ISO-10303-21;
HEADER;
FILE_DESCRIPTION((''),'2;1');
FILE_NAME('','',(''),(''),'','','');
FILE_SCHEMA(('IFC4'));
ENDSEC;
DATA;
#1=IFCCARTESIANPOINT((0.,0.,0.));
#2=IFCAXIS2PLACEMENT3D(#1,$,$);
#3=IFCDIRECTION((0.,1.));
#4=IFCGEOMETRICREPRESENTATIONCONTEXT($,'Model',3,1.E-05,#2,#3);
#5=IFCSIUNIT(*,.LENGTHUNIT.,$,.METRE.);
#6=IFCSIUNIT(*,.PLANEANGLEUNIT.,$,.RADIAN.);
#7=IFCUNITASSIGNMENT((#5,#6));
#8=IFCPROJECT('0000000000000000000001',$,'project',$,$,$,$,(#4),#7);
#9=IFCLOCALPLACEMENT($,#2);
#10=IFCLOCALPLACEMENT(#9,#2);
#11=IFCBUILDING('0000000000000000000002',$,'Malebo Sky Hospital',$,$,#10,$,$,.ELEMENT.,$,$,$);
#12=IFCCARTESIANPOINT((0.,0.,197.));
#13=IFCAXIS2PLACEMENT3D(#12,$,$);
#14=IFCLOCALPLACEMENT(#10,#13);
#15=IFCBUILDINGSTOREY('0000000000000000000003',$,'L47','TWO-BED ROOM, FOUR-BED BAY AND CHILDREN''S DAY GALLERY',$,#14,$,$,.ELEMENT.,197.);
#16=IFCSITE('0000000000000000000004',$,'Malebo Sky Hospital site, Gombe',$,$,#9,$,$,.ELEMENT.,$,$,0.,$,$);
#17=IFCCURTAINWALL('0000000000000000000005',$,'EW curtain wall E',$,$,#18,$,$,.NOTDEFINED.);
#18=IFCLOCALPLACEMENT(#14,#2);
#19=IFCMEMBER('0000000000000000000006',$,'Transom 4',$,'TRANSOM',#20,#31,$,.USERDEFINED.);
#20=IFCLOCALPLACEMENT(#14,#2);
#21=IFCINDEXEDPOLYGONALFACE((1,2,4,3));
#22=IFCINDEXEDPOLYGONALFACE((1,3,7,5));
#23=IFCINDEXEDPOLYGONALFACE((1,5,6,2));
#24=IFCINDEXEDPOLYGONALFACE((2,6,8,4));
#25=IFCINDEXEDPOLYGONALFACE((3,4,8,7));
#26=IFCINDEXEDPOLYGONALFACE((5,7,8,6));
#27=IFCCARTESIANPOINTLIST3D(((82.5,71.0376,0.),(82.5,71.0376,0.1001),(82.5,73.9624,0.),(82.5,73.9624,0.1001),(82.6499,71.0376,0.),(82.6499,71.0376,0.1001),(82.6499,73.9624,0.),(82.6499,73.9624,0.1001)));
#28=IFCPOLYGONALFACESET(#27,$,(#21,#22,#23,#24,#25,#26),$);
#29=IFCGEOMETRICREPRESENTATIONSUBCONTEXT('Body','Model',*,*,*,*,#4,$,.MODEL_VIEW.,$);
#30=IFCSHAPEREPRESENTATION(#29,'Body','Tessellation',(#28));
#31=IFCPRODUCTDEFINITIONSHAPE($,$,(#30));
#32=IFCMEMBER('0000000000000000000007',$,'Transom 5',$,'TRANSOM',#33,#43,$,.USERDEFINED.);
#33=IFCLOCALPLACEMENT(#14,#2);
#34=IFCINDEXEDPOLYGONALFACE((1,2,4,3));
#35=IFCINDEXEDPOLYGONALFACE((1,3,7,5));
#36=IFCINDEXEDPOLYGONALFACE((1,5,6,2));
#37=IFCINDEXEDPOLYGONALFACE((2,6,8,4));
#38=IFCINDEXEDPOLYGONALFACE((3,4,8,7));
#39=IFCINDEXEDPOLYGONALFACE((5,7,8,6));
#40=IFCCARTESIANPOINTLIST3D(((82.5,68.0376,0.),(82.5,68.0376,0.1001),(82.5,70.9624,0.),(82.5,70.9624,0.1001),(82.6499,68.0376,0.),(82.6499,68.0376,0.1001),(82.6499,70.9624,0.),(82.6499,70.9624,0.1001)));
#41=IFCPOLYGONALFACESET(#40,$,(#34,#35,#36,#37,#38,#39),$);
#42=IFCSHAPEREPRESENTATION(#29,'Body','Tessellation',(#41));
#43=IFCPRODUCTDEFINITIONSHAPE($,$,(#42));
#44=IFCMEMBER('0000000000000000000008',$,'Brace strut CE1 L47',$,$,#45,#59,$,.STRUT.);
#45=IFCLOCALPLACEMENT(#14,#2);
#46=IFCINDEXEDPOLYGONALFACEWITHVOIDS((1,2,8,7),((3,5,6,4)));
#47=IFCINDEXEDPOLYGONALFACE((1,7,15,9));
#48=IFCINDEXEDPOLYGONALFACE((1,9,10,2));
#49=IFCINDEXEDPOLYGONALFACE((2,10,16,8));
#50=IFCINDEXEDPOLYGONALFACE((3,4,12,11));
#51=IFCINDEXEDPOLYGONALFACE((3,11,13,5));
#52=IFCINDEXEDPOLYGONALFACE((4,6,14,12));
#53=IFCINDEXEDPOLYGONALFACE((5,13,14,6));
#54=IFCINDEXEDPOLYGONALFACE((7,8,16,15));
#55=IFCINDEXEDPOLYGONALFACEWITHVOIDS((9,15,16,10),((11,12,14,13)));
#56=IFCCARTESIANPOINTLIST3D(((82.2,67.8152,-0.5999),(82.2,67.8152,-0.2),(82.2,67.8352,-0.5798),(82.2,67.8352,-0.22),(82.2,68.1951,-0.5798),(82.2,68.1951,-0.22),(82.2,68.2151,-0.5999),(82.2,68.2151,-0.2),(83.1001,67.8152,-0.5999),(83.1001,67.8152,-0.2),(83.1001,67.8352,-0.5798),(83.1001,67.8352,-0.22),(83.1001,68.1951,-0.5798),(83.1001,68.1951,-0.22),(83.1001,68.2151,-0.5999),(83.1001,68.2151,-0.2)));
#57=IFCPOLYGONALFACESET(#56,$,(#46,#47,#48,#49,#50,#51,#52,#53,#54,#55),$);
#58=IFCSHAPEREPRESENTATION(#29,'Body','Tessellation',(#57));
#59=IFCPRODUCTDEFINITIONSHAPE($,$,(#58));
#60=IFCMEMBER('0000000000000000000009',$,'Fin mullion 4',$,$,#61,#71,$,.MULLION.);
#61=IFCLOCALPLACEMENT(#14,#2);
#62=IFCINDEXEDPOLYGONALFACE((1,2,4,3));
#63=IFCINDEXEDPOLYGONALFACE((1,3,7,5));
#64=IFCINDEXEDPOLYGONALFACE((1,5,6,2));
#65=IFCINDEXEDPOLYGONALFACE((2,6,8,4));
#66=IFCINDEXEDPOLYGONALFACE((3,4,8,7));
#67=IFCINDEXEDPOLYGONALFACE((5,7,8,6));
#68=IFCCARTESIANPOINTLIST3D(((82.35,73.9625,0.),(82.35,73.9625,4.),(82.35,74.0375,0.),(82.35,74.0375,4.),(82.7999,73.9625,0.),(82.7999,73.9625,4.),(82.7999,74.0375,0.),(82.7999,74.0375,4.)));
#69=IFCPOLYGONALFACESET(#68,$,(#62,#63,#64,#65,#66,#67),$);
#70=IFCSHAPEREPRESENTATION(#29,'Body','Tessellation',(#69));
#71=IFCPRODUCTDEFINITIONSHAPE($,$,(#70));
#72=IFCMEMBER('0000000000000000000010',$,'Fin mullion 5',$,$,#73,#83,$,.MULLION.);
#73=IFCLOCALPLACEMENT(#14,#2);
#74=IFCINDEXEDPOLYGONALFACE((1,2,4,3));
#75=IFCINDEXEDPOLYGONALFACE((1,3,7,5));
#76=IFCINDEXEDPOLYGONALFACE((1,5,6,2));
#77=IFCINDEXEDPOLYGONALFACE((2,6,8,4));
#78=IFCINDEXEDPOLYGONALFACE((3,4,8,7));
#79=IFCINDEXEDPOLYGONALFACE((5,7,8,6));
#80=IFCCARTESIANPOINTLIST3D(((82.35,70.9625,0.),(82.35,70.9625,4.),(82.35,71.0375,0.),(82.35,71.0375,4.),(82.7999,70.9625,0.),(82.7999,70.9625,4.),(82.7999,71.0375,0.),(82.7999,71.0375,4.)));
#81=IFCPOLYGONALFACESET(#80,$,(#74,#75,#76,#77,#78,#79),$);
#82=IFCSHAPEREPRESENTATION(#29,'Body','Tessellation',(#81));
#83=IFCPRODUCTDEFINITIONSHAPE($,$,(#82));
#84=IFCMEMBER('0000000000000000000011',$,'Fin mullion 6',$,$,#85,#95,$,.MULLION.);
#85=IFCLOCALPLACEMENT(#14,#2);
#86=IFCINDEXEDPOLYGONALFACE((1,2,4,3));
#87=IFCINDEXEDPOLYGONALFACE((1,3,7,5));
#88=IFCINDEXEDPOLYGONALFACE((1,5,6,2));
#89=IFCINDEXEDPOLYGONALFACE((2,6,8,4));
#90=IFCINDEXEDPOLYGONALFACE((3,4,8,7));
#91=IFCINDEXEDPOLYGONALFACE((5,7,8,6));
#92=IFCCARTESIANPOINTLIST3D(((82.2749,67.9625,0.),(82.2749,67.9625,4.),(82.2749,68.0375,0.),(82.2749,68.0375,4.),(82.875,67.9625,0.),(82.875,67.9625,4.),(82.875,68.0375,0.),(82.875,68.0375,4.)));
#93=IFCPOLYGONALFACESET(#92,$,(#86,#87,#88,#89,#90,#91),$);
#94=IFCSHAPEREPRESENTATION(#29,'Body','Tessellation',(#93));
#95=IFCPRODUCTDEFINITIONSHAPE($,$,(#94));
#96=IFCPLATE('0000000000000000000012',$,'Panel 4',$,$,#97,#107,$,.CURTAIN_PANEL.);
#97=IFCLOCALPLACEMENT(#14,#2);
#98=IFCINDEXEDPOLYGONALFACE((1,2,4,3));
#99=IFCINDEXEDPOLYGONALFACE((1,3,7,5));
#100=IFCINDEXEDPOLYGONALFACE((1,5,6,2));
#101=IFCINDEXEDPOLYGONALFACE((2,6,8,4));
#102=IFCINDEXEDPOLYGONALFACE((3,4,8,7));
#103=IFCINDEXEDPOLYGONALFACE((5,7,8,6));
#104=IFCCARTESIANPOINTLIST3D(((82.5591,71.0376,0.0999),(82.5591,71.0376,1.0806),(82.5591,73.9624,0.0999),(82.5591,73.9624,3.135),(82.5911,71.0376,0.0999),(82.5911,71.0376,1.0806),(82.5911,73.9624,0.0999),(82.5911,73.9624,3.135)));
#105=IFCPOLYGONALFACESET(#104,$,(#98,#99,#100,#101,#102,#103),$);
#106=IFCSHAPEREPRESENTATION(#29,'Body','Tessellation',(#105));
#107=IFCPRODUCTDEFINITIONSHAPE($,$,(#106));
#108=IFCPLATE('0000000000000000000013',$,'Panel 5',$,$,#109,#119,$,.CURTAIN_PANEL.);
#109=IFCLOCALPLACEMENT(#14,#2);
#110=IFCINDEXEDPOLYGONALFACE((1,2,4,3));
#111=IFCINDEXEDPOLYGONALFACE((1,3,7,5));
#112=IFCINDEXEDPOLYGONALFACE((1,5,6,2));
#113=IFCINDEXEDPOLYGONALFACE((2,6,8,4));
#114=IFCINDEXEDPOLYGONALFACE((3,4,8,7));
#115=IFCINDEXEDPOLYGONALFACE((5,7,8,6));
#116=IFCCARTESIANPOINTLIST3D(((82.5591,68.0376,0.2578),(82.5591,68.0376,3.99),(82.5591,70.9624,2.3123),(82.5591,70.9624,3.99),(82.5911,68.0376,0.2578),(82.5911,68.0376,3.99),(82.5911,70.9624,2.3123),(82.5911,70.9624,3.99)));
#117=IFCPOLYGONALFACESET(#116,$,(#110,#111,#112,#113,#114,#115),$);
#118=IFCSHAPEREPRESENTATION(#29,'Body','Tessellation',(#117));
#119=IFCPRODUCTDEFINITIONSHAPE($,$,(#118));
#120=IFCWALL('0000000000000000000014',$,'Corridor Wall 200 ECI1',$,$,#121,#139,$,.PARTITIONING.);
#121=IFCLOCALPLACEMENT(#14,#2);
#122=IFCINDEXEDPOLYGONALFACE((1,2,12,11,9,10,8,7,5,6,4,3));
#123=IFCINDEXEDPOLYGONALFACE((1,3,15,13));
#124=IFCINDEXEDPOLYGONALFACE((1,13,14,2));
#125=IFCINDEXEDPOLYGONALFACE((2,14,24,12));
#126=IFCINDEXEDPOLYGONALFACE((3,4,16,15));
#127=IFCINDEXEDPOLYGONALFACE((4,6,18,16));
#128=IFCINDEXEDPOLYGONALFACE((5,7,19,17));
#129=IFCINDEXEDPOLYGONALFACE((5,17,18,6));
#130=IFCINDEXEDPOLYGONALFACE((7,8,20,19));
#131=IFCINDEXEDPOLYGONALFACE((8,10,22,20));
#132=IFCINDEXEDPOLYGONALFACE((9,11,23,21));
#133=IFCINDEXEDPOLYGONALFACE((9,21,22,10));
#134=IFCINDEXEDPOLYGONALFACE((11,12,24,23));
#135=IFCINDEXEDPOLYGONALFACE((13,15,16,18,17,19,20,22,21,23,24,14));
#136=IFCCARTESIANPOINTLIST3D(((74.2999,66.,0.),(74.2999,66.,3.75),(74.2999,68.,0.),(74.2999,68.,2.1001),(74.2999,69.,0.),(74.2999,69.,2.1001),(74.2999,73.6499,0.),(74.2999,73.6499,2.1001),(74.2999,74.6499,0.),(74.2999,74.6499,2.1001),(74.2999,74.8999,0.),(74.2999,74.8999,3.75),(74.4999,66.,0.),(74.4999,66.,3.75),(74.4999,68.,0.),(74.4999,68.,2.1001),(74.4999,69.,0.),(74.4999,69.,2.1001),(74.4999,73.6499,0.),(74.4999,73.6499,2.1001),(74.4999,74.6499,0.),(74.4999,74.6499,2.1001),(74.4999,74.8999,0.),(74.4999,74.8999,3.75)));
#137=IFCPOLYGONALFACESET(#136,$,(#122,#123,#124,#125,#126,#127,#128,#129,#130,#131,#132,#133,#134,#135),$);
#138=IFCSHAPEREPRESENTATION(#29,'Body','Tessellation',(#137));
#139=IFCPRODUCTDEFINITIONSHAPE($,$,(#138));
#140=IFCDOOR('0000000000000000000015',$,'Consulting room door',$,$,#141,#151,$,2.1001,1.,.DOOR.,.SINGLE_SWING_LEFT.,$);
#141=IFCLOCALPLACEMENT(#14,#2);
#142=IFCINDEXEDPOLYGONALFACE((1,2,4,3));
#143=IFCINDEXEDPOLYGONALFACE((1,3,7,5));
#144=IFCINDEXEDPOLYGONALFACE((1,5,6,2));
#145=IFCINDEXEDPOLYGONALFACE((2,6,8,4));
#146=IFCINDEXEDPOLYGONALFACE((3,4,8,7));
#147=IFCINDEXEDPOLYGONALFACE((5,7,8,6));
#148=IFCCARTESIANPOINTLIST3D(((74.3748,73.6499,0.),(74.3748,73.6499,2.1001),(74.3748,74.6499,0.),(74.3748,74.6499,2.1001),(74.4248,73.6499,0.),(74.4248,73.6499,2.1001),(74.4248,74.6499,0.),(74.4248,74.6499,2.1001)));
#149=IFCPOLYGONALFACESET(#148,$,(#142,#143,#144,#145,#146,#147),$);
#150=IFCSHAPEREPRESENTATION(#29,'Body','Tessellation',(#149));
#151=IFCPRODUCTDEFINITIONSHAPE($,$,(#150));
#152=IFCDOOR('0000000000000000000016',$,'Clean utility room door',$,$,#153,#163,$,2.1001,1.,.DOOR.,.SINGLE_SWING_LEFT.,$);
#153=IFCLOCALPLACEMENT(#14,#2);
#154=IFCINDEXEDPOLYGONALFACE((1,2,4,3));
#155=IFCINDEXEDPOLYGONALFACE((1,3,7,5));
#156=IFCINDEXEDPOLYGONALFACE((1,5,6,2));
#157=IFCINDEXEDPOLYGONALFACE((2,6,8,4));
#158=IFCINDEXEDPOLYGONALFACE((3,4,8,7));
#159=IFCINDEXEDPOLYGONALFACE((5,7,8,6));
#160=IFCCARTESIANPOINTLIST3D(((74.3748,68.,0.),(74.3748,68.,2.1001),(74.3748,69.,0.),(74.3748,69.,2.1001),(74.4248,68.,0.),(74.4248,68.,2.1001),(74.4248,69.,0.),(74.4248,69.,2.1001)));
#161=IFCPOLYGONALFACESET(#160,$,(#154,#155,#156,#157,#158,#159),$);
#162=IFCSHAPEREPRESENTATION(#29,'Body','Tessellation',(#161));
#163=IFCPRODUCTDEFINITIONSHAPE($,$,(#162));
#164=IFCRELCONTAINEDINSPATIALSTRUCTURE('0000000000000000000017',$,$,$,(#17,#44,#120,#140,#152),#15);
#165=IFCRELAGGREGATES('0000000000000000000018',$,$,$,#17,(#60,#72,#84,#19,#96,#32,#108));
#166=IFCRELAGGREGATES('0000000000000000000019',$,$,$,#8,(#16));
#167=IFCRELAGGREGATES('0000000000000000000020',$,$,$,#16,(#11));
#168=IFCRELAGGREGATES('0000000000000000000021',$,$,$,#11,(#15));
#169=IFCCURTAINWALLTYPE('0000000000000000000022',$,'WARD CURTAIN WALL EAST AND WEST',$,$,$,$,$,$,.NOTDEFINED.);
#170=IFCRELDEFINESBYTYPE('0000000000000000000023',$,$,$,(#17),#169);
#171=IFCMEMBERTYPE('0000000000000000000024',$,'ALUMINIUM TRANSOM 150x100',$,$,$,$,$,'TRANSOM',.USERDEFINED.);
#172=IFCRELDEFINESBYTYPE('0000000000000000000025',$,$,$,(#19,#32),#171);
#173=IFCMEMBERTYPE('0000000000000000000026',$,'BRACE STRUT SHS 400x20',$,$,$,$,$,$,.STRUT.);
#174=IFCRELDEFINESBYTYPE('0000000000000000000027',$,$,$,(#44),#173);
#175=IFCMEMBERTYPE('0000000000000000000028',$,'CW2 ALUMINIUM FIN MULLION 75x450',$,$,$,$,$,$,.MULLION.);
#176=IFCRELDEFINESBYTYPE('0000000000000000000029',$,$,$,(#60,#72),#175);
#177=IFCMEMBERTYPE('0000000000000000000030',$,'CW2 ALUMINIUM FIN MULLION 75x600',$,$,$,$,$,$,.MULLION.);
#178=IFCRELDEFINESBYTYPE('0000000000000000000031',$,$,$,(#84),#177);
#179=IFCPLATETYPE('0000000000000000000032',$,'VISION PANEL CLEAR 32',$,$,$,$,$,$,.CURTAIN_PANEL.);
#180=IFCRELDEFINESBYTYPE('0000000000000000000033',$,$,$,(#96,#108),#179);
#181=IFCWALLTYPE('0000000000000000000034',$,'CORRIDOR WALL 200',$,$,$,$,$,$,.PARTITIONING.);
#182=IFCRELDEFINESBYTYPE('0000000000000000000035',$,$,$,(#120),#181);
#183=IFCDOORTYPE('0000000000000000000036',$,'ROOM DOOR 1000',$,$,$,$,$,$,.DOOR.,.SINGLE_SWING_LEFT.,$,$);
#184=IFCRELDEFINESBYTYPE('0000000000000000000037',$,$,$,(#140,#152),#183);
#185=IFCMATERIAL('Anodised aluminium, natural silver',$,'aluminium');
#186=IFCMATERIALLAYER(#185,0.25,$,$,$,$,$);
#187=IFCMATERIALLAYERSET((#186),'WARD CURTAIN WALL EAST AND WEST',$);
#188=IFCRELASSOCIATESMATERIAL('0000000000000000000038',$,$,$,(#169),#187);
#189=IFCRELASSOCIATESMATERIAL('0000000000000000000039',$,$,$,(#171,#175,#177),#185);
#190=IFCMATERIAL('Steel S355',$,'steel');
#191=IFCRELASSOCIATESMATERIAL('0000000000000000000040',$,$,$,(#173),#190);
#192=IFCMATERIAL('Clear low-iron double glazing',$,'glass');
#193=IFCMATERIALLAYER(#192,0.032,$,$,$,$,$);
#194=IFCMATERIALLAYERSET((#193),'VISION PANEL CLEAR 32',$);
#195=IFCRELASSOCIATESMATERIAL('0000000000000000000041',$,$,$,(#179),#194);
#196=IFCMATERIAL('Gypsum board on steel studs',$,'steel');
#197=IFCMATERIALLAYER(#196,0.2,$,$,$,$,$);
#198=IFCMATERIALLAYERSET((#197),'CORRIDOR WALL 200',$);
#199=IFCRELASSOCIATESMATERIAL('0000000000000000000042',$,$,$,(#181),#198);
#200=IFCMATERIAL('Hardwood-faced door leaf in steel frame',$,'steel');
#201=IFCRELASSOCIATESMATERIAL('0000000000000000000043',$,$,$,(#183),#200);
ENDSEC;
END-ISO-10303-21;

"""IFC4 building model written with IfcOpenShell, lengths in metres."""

from ifc_helpers import new_model, si_unit, direction, frame, frame_2d, origin, origin_2d, place, context, subcontext, project, spatial, polyline, rectangle, hollow_rectangle, outline, extrude, material, layer, layer_set, material_profile, profile_set, type_object, element, fill, aggregate, save


model = new_model("IFC4")

# Units and contexts
model_context = context("Model", 3, precision=1e-05, world=origin(), true_north=direction((0.0, 1.0)))
body_context = subcontext(model_context, "Body", "Model", "MODEL_VIEW")
ifc_project = project(units=[si_unit("LENGTHUNIT", "METRE"), si_unit("PLANEANGLEUNIT", "RADIAN")], contexts=[model_context])

# Site, building, storey
site_placement = place(None, origin())
site = spatial("IfcSite", under=ifc_project, at=site_placement, Name="Malebo Sky Hospital site, Gombe", CompositionType="ELEMENT", RefElevation=0.0)
building_placement = place(site_placement, origin())
building = spatial("IfcBuilding", under=site, at=building_placement, Name="Malebo Sky Hospital", CompositionType="ELEMENT")
storey_placement = place(building_placement, frame((0.0, 0.0, 197.0)))
storey = spatial("IfcBuildingStorey", under=building, at=storey_placement, Name="L47", Description="TWO-BED ROOM, FOUR-BED BAY AND CHILDREN'S DAY GALLERY", CompositionType="ELEMENT", Elevation=197.0)

# Curtain wall, members
ifc_material_1 = material(Name="Anodised aluminium, natural silver", Category="aluminium")
ifc_layer_1 = layer(ifc_material_1, 0.25)
ifc_layer_set_1 = layer_set([ifc_layer_1], Name="WARD CURTAIN WALL EAST AND WEST")
curtain_wall_type = type_object("IfcCurtainWallType", Name="WARD CURTAIN WALL EAST AND WEST", PredefinedType="NOTDEFINED", material=ifc_layer_set_1)
curtain_wall_placement = place(storey_placement, origin())
curtain_wall = element("IfcCurtainWall", 1, at=curtain_wall_placement, inside=storey, type_object=curtain_wall_type, Name="EW curtain wall E", PredefinedType="NOTDEFINED")
ifc_material_profile_1 = material_profile(ifc_material_1, rectangle(XDim=0.1499, YDim=0.1001, at=origin_2d()), Name="ALUMINIUM TRANSOM 150x100")
ifc_profile_set_1 = profile_set([ifc_material_profile_1], Name="Anodised aluminium, natural silver")
member_type_1 = type_object("IfcMemberType", Name="ALUMINIUM TRANSOM 150x100", ElementType="TRANSOM", PredefinedType="USERDEFINED", material=ifc_profile_set_1)
member_1_placement = place(storey_placement, frame((82.575, 73.9624, 0.05), z_axis=(0.0, -1.0, 0.0), x_axis=(1.0, 0.0, 0.0)))
member_1 = element("IfcMember", 2, at=member_1_placement, type_object=member_type_1, Name="Transom 4", ObjectType="TRANSOM", PredefinedType="USERDEFINED", context=body_context, shape_type="SweptSolid", body=[
    extrude(rectangle(XDim=0.1499, YDim=0.1001, at=origin_2d()), origin(), (0.0, 0.0, 1.0), 2.9248),
])
member_2_placement = place(storey_placement, frame((82.575, 70.9624, 0.05), z_axis=(0.0, -1.0, 0.0), x_axis=(1.0, 0.0, 0.0)))
member_2 = element("IfcMember", 3, at=member_2_placement, type_object=member_type_1, Name="Transom 5", ObjectType="TRANSOM", PredefinedType="USERDEFINED", context=body_context, shape_type="SweptSolid", body=[
    extrude(rectangle(XDim=0.1499, YDim=0.1001, at=origin_2d()), origin(), (0.0, 0.0, 1.0), 2.9248),
])

# Members
ifc_material_2 = material(Name="Steel S355", Category="steel")
ifc_material_profile_2 = material_profile(ifc_material_2, hollow_rectangle(XDim=0.3999, YDim=0.3999, WallThickness=0.02, at=origin_2d()), Name="SHS 400x20")
ifc_profile_set_2 = profile_set([ifc_material_profile_2], Name="Steel S355")
member_type_2 = type_object("IfcMemberType", Name="BRACE STRUT SHS 400x20", PredefinedType="STRUT", material=ifc_profile_set_2)
member_3_placement = place(storey_placement, frame((83.1001, 68.0151, -0.3999), z_axis=(-1.0, 0.0, 0.0), x_axis=(0.0, -1.0, 0.0)))
element("IfcMember", 4, at=member_3_placement, inside=storey, type_object=member_type_2, Name="Brace strut CE1 L47", PredefinedType="STRUT", context=body_context, shape_type="SweptSolid", body=[
    extrude(hollow_rectangle(XDim=0.3999, YDim=0.3999, WallThickness=0.02, at=origin_2d()), origin(), (0.0, 0.0, 1.0), 0.9001),
])
ifc_material_profile_3 = material_profile(ifc_material_1, rectangle(XDim=0.075, YDim=0.45, at=origin_2d()), Name="CW2 ALUMINIUM FIN MULLION 75x450")
ifc_profile_set_3 = profile_set([ifc_material_profile_3], Name="Anodised aluminium, natural silver")
member_type_3 = type_object("IfcMemberType", Name="CW2 ALUMINIUM FIN MULLION 75x450", PredefinedType="MULLION", material=ifc_profile_set_3)
member_4_placement = place(storey_placement, frame((82.575, 74.0, 0.0), z_axis=(0.0, 0.0, 1.0), x_axis=(0.0, -1.0, 0.0)))
member_4 = element("IfcMember", 5, at=member_4_placement, type_object=member_type_3, Name="Fin mullion 4", PredefinedType="MULLION", context=body_context, shape_type="SweptSolid", body=[
    extrude(rectangle(XDim=0.075, YDim=0.45, at=origin_2d()), origin(), (0.0, 0.0, 1.0), 4.0),
])
member_5_placement = place(storey_placement, frame((82.575, 71.0, 0.0), z_axis=(0.0, 0.0, 1.0), x_axis=(0.0, -1.0, 0.0)))
member_5 = element("IfcMember", 6, at=member_5_placement, type_object=member_type_3, Name="Fin mullion 5", PredefinedType="MULLION", context=body_context, shape_type="SweptSolid", body=[
    extrude(rectangle(XDim=0.075, YDim=0.45, at=origin_2d()), origin(), (0.0, 0.0, 1.0), 4.0),
])
ifc_material_profile_4 = material_profile(ifc_material_1, rectangle(XDim=0.075, YDim=0.6001, at=origin_2d()), Name="CW2 ALUMINIUM FIN MULLION 75x600")
ifc_profile_set_4 = profile_set([ifc_material_profile_4], Name="Anodised aluminium, natural silver")
member_type_4 = type_object("IfcMemberType", Name="CW2 ALUMINIUM FIN MULLION 75x600", PredefinedType="MULLION", material=ifc_profile_set_4)
member_6_placement = place(storey_placement, frame((82.575, 68.0, 0.0), z_axis=(0.0, 0.0, 1.0), x_axis=(0.0, -1.0, 0.0)))
member_6 = element("IfcMember", 7, at=member_6_placement, type_object=member_type_4, Name="Fin mullion 6", PredefinedType="MULLION", context=body_context, shape_type="SweptSolid", body=[
    extrude(rectangle(XDim=0.075, YDim=0.6001, at=origin_2d()), origin(), (0.0, 0.0, 1.0), 4.0),
])

# Plates
ifc_material_3 = material(Name="Clear low-iron double glazing", Category="glass")
ifc_layer_2 = layer(ifc_material_3, 0.032)
ifc_layer_set_2 = layer_set([ifc_layer_2], Name="VISION PANEL CLEAR 32")
plate_type = type_object("IfcPlateType", Name="VISION PANEL CLEAR 32", PredefinedType="CURTAIN_PANEL", material=ifc_layer_set_2)
plate_1_placement = place(storey_placement, frame((82.575, 72.5, 0.0999), z_axis=(0.0, 0.0, 1.0), x_axis=(0.0, -1.0, 0.0)))
plate_1 = element("IfcPlate", 8, at=plate_1_placement, type_object=plate_type, Name="Panel 4", PredefinedType="CURTAIN_PANEL", context=body_context, shape_type="SweptSolid", body=[
    extrude(outline(polyline([(-1.4624, 0.0), (1.4624, 0.0), (1.4624, 0.9807), (-1.4624, 3.0352), (-1.4624, 0.0)])), frame((0.0, 0.0161, 0.0), z_axis=(0.0, -1.0, 0.0), x_axis=(1.0, 0.0, 0.0)), (0.0, 0.0, 1.0), 0.032),
])
plate_2_placement = place(storey_placement, frame((82.575, 69.5, 0.2578), z_axis=(0.0, 0.0, 1.0), x_axis=(0.0, -1.0, 0.0)))
plate_2 = element("IfcPlate", 9, at=plate_2_placement, type_object=plate_type, Name="Panel 5", PredefinedType="CURTAIN_PANEL", context=body_context, shape_type="SweptSolid", body=[
    extrude(outline(polyline([(1.4624, 0.0), (1.4624, 3.7322), (-1.4624, 3.7322), (-1.4624, 2.0544), (1.4624, 0.0)])), frame((0.0, 0.0161, 0.0), z_axis=(0.0, -1.0, 0.0), x_axis=(1.0, 0.0, 0.0)), (0.0, 0.0, 1.0), 0.032),
])
aggregate(curtain_wall, [member_4, member_5, member_6, member_1, plate_1, member_2, plate_2])

# Wall, openings, doors
ifc_material_4 = material(Name="Gypsum board on steel studs", Category="steel")
ifc_layer_3 = layer(ifc_material_4, 0.2)
ifc_layer_set_3 = layer_set([ifc_layer_3], Name="CORRIDOR WALL 200")
wall_type_1 = type_object("IfcWallType", Name="CORRIDOR WALL 200", PredefinedType="PARTITIONING", material=ifc_layer_set_3)
wall_1_placement = place(storey_placement, frame((74.3999, 74.8999, 0.0), z_axis=(0.0, 0.0, 1.0), x_axis=(0.0, -1.0, 0.0)))
wall_1 = element("IfcWall", 10, at=wall_1_placement, inside=storey, type_object=wall_type_1, Name="Corridor Wall 200 ECI1", PredefinedType="PARTITIONING", context=body_context, shape_type="SweptSolid", body=[
    extrude(rectangle(XDim=8.8999, YDim=0.2, at=frame_2d((4.45, 0.0))), origin(), (0.0, 0.0, 1.0), 3.75),
])
opening_1_placement = place(wall_1_placement, frame((0.25, 0.0, 0.0)))
opening_1 = element("IfcOpeningElement", 11, at=opening_1_placement, cuts=wall_1, PredefinedType="OPENING", context=body_context, shape_type="SweptSolid", body=[
    extrude(rectangle(XDim=1.0, YDim=2.1001, at=frame_2d((0.5, 1.05))), frame((0.0, 0.1099, 0.0), z_axis=(0.0, -1.0, 0.0), x_axis=(1.0, 0.0, 0.0)), (0.0, 0.0, 1.0), 0.22),
])
opening_2_placement = place(wall_1_placement, frame((5.8999, 0.0, 0.0)))
opening_2 = element("IfcOpeningElement", 12, at=opening_2_placement, cuts=wall_1, PredefinedType="OPENING", context=body_context, shape_type="SweptSolid", body=[
    extrude(rectangle(XDim=1.0, YDim=2.1001, at=frame_2d((0.5, 1.05))), frame((0.0, 0.1099, 0.0), z_axis=(0.0, -1.0, 0.0), x_axis=(1.0, 0.0, 0.0)), (0.0, 0.0, 1.0), 0.22),
])
ifc_material_5 = material(Name="Hardwood-faced door leaf in steel frame", Category="steel")
door_type_1 = type_object("IfcDoorType", Name="ROOM DOOR 1000", OperationType="SINGLE_SWING_LEFT", PredefinedType="DOOR", material=ifc_material_5)
door_1_placement = place(opening_1_placement, origin())
door_1 = element("IfcDoor", 13, at=door_1_placement, inside=storey, type_object=door_type_1, Name="Consulting room door", OperationType="SINGLE_SWING_LEFT", OverallHeight=2.1001, OverallWidth=1.0, PredefinedType="DOOR", context=body_context, shape_type="SweptSolid", body=[
    extrude(rectangle(XDim=1.0, YDim=2.1001, at=frame_2d((0.5, 1.05))), frame((0.0, 0.0249, 0.0), z_axis=(0.0, -1.0, 0.0), x_axis=(1.0, 0.0, 0.0)), (0.0, 0.0, 1.0), 0.05),
])
fill(opening_1, door_1)
door_2_placement = place(opening_2_placement, origin())
door_2 = element("IfcDoor", 14, at=door_2_placement, inside=storey, type_object=door_type_1, Name="Clean utility room door", OperationType="SINGLE_SWING_LEFT", OverallHeight=2.1001, OverallWidth=1.0, PredefinedType="DOOR", context=body_context, shape_type="SweptSolid", body=[
    extrude(rectangle(XDim=1.0, YDim=2.1001, at=frame_2d((0.5, 1.05))), frame((0.0, 0.0249, 0.0), z_axis=(0.0, -1.0, 0.0), x_axis=(1.0, 0.0, 0.0)), (0.0, 0.0, 1.0), 0.05),
])
fill(opening_2, door_2)

save(model, "model.ifc")
